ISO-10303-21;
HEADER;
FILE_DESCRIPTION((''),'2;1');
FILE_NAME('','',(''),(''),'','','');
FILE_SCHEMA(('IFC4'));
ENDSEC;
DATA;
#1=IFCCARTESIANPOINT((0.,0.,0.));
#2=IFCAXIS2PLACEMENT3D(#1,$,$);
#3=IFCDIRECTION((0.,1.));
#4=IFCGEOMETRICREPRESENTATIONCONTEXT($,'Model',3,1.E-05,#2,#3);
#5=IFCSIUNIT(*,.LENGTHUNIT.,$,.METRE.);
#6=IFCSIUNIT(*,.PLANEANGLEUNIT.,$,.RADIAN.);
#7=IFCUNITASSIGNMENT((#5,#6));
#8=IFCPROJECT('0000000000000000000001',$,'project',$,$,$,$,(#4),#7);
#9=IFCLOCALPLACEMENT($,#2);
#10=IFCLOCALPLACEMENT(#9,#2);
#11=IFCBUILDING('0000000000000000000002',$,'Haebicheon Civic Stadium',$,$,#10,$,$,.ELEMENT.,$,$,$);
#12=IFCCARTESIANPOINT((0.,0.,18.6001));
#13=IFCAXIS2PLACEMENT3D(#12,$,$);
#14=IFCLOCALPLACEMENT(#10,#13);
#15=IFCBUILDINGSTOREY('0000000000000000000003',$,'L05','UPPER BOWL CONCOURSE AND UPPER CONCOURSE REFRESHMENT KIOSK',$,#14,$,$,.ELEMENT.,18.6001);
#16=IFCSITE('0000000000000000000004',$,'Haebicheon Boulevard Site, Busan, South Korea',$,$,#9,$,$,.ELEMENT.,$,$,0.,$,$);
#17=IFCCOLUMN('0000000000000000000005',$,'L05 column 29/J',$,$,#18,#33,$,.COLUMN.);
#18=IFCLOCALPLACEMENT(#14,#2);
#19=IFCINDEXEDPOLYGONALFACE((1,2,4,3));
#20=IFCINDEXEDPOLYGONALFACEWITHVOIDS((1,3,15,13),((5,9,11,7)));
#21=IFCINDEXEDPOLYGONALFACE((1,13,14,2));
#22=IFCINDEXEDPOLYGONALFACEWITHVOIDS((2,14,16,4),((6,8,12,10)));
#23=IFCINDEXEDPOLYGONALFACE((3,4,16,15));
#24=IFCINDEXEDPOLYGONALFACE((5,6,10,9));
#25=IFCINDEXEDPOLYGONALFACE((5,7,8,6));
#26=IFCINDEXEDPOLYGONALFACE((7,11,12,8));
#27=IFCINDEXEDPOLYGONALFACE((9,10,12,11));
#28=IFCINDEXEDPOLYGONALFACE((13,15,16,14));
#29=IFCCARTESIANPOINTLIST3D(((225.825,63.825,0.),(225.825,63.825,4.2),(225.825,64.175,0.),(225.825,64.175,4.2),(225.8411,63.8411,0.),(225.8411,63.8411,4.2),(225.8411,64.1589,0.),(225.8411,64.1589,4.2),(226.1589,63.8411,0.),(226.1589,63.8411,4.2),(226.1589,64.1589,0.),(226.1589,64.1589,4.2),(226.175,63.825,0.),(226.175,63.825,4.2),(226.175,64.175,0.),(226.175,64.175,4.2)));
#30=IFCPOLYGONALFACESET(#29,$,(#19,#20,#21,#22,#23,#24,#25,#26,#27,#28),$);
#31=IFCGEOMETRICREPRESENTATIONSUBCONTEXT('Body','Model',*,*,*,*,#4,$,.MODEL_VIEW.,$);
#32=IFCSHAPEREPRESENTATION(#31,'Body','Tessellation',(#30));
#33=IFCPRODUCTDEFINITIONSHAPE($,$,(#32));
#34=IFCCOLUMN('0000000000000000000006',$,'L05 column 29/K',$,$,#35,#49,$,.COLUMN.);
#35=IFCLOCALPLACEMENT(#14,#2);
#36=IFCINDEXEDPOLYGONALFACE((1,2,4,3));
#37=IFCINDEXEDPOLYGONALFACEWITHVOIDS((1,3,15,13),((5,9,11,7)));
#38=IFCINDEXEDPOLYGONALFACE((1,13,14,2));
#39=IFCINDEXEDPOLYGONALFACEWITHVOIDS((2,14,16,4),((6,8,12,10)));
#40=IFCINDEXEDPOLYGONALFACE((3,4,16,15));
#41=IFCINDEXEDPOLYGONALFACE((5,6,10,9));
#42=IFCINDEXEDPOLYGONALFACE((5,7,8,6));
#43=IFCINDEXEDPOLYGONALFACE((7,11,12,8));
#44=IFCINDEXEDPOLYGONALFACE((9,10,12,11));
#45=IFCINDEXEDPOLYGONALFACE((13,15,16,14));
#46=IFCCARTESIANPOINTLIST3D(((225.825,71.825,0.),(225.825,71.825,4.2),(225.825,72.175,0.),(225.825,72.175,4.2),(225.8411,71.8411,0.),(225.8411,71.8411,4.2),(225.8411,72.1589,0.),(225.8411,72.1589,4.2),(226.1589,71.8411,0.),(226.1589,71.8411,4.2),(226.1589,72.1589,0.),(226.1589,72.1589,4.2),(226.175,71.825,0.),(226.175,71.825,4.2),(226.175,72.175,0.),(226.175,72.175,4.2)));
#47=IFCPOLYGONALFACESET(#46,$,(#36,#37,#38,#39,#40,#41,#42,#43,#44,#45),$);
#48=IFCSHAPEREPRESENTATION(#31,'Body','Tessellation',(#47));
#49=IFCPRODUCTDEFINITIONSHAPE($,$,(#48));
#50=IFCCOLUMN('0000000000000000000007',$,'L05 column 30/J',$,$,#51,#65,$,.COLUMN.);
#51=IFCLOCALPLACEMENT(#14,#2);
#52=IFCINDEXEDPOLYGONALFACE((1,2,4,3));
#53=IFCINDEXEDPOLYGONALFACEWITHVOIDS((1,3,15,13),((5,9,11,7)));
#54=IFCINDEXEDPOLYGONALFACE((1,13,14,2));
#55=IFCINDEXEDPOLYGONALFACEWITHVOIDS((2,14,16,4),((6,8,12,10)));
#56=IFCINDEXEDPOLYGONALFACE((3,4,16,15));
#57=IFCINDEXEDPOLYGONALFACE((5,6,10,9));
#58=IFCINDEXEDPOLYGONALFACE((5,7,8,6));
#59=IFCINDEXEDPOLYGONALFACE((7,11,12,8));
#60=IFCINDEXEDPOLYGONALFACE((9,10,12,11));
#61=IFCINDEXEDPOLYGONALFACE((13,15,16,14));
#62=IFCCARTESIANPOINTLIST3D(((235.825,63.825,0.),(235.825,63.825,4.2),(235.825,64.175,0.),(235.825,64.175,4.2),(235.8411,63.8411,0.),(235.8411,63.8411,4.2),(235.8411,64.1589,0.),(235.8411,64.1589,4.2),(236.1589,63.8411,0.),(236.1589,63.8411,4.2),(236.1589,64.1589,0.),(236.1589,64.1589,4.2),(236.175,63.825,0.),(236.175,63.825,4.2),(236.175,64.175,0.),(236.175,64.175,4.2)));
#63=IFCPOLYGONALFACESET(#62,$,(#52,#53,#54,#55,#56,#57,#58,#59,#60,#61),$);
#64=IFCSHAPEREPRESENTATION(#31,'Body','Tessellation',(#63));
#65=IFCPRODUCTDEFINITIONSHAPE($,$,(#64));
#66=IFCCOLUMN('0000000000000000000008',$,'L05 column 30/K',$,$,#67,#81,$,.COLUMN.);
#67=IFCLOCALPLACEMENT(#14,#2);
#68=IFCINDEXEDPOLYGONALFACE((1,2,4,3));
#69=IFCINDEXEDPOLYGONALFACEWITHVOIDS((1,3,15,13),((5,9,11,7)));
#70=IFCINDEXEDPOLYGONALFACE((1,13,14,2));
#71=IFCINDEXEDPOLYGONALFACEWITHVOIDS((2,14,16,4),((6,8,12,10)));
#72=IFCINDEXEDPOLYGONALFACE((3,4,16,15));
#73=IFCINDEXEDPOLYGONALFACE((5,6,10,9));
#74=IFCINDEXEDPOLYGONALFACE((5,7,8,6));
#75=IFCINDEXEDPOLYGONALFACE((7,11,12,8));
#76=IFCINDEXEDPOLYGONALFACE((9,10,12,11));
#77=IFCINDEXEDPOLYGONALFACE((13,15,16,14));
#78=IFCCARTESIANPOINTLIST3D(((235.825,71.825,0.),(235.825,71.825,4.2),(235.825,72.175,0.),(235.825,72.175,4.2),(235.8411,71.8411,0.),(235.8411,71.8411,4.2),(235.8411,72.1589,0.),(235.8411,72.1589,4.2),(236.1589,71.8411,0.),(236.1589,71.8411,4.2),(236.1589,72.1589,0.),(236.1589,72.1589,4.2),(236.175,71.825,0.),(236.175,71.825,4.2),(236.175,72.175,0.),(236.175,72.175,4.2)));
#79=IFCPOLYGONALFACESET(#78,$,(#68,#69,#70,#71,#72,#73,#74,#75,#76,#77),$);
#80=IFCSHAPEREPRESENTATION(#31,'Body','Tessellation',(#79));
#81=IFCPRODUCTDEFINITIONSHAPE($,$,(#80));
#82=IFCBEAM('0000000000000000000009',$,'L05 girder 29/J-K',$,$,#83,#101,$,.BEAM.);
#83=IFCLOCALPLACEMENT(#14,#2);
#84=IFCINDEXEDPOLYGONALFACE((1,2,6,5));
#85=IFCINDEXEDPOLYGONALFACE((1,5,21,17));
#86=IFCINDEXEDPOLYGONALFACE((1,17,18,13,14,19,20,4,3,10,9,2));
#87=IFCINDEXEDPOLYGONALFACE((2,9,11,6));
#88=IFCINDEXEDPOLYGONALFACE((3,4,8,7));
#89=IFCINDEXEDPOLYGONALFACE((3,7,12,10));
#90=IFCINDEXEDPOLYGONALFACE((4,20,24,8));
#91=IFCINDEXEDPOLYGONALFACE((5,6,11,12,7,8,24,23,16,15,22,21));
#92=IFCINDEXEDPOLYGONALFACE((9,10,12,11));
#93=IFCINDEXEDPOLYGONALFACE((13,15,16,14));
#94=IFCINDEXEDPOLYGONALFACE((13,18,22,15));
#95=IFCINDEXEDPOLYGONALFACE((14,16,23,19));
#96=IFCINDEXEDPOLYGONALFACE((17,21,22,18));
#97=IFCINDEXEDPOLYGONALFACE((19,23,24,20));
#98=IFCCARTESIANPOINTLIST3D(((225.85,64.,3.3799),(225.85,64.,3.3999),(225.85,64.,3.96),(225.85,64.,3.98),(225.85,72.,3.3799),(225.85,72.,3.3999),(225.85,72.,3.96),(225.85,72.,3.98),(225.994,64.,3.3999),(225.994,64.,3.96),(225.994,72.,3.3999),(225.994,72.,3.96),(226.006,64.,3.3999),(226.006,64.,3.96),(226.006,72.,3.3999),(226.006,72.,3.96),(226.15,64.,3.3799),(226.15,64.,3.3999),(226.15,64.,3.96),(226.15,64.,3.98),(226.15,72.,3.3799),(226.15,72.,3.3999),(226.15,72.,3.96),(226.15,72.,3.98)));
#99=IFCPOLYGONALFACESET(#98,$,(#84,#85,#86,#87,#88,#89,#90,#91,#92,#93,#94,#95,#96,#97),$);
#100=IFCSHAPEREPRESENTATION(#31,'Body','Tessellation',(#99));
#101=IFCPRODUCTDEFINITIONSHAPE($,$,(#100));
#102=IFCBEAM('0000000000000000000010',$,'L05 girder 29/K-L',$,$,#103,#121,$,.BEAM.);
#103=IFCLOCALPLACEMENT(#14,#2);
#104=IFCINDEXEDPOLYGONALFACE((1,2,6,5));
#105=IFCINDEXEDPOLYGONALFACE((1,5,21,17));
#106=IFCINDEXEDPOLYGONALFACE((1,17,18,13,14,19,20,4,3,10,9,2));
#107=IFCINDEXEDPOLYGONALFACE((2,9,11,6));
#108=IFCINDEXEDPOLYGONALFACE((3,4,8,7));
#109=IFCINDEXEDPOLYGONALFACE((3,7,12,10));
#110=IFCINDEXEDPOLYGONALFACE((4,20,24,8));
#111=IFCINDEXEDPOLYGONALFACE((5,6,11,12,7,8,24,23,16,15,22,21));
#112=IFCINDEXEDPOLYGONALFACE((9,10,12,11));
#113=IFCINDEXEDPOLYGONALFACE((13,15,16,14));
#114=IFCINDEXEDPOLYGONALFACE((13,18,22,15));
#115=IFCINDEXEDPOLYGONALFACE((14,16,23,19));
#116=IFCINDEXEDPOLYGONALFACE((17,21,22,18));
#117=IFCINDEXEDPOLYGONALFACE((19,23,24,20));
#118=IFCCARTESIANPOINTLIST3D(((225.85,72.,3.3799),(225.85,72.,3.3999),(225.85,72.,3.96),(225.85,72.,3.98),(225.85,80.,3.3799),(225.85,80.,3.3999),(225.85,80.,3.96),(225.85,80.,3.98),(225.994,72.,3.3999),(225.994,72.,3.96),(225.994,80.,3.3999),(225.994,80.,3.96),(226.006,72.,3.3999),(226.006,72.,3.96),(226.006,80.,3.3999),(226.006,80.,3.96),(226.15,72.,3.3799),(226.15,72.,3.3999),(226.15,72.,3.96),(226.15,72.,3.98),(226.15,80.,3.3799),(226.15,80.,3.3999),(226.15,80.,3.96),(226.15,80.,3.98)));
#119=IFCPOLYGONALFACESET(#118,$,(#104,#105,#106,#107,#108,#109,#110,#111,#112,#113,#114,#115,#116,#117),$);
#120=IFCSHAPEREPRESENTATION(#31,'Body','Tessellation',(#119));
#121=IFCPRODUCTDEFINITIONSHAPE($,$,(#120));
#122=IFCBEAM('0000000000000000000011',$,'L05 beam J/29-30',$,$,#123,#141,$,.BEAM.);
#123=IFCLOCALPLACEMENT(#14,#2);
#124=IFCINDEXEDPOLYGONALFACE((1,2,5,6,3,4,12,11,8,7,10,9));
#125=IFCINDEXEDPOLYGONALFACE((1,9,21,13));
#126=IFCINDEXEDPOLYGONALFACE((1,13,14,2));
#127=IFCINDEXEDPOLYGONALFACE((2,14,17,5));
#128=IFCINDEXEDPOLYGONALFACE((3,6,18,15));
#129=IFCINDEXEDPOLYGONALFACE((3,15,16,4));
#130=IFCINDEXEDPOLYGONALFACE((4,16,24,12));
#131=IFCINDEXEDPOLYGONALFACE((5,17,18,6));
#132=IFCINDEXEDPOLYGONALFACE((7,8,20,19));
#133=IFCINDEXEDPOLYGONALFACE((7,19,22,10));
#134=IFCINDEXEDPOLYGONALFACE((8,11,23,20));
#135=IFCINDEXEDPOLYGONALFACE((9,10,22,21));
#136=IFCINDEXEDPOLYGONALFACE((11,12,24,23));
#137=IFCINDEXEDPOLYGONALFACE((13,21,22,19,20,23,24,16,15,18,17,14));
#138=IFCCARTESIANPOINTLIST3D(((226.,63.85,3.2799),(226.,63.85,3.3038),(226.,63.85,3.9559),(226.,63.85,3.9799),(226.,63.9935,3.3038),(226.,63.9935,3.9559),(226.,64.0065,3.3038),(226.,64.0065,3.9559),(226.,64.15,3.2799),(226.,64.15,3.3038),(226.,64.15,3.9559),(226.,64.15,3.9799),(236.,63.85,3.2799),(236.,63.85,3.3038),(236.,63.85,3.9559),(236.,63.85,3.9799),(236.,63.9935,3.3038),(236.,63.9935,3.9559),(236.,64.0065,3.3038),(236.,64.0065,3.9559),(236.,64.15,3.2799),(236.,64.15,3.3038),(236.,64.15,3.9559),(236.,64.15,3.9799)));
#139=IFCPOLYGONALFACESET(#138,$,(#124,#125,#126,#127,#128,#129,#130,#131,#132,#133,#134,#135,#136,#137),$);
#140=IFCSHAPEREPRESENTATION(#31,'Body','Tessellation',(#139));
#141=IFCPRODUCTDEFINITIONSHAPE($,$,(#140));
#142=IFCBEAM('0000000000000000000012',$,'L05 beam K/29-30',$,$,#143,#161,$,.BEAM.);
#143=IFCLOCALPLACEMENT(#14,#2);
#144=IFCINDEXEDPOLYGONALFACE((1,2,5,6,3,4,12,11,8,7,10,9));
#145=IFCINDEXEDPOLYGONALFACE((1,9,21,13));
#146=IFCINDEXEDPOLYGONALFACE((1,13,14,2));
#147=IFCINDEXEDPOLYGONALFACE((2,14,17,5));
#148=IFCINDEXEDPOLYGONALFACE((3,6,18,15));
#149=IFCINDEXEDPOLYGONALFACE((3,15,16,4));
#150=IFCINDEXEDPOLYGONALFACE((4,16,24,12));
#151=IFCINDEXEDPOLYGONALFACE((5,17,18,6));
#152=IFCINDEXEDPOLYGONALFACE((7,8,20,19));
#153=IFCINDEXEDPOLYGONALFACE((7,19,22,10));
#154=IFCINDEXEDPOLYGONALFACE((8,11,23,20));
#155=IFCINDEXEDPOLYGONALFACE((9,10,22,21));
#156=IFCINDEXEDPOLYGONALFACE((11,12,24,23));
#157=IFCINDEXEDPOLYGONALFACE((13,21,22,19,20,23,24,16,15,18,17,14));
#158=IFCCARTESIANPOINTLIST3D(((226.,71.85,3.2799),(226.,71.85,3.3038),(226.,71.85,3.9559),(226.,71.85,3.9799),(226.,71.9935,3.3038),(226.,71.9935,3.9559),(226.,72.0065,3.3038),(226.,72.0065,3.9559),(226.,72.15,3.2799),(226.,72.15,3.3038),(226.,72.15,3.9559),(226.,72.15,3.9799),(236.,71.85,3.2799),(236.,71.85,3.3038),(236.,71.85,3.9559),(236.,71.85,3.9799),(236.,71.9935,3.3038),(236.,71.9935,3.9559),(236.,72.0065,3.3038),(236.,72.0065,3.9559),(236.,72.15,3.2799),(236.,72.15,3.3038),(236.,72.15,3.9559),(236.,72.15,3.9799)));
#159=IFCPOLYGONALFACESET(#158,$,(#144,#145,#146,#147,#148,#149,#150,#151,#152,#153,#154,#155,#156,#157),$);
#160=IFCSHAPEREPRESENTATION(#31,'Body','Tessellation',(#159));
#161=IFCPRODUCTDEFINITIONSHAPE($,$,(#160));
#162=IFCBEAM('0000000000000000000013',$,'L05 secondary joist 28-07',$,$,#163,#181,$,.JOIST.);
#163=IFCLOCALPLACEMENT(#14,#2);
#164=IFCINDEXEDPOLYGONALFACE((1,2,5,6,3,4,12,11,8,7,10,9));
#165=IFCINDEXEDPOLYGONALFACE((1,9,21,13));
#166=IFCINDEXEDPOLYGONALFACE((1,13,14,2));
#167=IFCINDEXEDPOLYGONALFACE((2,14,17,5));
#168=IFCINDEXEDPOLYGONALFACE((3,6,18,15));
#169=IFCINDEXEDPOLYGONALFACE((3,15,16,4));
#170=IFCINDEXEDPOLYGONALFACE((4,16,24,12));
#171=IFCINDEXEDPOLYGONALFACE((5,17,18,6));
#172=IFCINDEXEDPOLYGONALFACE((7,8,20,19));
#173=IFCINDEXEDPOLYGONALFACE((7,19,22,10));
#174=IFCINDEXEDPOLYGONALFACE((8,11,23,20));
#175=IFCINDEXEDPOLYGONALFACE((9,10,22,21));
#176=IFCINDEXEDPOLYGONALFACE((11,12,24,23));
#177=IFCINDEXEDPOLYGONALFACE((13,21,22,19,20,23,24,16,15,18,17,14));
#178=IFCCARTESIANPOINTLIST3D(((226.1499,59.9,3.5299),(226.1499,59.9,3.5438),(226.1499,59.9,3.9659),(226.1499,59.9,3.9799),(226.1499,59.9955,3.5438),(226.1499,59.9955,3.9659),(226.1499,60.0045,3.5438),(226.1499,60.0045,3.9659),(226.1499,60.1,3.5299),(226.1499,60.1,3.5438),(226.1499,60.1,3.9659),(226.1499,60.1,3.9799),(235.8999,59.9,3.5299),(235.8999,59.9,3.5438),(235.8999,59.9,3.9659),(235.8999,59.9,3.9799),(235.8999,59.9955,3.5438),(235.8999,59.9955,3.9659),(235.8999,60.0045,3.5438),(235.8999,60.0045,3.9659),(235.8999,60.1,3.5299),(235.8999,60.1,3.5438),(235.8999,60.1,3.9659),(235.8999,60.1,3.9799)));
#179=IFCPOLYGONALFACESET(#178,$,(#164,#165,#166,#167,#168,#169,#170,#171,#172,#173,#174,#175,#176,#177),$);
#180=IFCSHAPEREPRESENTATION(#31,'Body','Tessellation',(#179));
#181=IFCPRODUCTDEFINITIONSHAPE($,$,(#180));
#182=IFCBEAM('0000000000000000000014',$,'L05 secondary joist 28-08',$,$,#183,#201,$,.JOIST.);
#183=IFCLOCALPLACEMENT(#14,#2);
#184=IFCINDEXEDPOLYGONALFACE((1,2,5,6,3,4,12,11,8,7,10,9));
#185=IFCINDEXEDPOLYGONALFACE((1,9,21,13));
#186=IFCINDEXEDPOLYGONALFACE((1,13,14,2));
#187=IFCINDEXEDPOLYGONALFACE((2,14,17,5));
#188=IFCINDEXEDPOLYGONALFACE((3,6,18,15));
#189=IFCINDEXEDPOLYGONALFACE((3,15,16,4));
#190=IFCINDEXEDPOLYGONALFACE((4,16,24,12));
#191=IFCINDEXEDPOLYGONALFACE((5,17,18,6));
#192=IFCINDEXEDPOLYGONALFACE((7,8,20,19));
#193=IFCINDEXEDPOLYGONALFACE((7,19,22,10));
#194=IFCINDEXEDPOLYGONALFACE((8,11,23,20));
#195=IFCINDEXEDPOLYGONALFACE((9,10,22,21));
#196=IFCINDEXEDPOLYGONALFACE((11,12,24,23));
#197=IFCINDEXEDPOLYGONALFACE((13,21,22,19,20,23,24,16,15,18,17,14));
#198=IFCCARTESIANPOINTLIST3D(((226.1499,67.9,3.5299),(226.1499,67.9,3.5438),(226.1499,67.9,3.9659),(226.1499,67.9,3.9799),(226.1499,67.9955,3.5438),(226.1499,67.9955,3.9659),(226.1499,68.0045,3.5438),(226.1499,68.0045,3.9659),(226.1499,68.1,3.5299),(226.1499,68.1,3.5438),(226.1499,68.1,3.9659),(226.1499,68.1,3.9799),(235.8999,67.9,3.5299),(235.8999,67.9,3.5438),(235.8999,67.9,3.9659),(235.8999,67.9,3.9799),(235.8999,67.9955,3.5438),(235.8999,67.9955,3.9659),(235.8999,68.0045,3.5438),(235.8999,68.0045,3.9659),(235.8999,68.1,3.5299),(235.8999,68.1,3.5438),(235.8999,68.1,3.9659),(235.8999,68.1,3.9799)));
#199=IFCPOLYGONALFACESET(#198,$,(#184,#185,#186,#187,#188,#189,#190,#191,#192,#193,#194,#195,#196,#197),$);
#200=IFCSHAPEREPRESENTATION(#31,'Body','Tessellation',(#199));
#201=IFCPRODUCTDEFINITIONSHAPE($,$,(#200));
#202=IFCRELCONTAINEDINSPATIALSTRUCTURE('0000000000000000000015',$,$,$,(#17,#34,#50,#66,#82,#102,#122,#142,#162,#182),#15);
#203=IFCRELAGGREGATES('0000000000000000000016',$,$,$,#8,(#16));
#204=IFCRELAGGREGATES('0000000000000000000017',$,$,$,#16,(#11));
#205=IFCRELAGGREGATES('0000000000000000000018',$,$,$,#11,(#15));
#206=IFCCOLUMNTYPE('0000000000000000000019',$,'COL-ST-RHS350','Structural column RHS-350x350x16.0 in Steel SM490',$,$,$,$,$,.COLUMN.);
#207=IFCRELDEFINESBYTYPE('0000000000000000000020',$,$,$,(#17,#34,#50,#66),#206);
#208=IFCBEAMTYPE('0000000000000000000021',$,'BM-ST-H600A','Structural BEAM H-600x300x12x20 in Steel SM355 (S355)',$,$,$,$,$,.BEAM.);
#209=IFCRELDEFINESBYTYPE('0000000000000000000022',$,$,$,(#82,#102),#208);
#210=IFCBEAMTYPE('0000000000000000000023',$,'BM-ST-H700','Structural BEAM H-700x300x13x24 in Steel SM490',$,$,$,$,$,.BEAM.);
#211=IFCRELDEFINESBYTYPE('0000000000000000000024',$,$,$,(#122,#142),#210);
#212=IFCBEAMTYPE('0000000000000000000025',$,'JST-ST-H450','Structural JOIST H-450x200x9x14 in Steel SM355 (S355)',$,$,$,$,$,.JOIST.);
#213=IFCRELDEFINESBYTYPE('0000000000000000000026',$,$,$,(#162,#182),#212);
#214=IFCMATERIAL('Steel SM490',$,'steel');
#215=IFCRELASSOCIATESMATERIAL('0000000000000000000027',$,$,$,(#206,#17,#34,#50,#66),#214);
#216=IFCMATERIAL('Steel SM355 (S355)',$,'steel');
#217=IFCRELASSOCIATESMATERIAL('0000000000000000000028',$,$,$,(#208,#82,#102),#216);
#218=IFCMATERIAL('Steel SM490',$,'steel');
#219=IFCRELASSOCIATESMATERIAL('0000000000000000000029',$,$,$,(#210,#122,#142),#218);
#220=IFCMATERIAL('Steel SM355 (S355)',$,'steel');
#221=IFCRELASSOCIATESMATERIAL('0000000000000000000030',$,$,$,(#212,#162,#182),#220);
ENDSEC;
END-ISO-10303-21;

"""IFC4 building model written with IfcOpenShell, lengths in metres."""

from ifc_helpers import new_model, si_unit, direction, frame, origin, origin_2d, place, context, subcontext, project, spatial, hollow_rectangle, i_section, extrude, material, material_profile, profile_set, type_object, element, save


model = new_model("IFC4")

# Units and contexts
model_context = context("Model", 3, precision=1e-05, world=origin(), true_north=direction((0.0, 1.0)))
body_context = subcontext(model_context, "Body", "Model", "MODEL_VIEW")
ifc_project = project(units=[si_unit("LENGTHUNIT", "METRE"), si_unit("PLANEANGLEUNIT", "RADIAN")], contexts=[model_context])

# Site, building, storey
site_placement = place(None, origin())
site = spatial("IfcSite", under=ifc_project, at=site_placement, Name="Haebicheon Boulevard Site, Busan, South Korea", CompositionType="ELEMENT", RefElevation=0.0)
building_placement = place(site_placement, origin())
building = spatial("IfcBuilding", under=site, at=building_placement, Name="Haebicheon Civic Stadium", CompositionType="ELEMENT")
storey_placement = place(building_placement, frame((0.0, 0.0, 18.6001)))
storey = spatial("IfcBuildingStorey", under=building, at=storey_placement, Name="L05", Description="UPPER BOWL CONCOURSE AND UPPER CONCOURSE REFRESHMENT KIOSK", CompositionType="ELEMENT", Elevation=18.6001)

# Columns
ifc_material_1 = material(Name="Steel SM490", Category="steel")
ifc_material_profile_1 = material_profile(ifc_material_1, hollow_rectangle(XDim=0.3501, YDim=0.3501, WallThickness=0.0161, at=origin_2d()), Name="RHS-350x350x16.0")
ifc_profile_set_1 = profile_set([ifc_material_profile_1], Name="Steel SM490")
column_type = type_object("IfcColumnType", Name="COL-ST-RHS350", Description="Structural column RHS-350x350x16.0 in Steel SM490", PredefinedType="COLUMN", material=ifc_profile_set_1)
for number, where, z_axis, x_axis, name in (
    (1, (226.0, 64.0, 0.0), (0.0, 0.0, 1.0), (1.0, 0.0, 0.0), "L05 column 29/J"),
    (2, (226.0, 72.0, 0.0), (0.0, 0.0, 1.0), (1.0, 0.0, 0.0), "L05 column 29/K"),
    (3, (236.0, 64.0, 0.0), (0.0, 0.0, 1.0), (1.0, 0.0, 0.0), "L05 column 30/J"),
    (4, (236.0, 72.0, 0.0), (0.0, 0.0, 1.0), (1.0, 0.0, 0.0), "L05 column 30/K"),
):
    element("IfcColumn", number, at=place(storey_placement, frame(where, z_axis=z_axis, x_axis=x_axis)), inside=storey, type_object=column_type, material=ifc_profile_set_1, Name=name, PredefinedType="COLUMN", context=body_context, shape_type="SweptSolid", body=[
        extrude(hollow_rectangle(XDim=0.3501, YDim=0.3501, WallThickness=0.0161, at=origin_2d()), origin(), (0.0, 0.0, 1.0), 4.2),
    ])

# Beams
ifc_material_2 = material(Name="Steel SM355 (S355)", Category="steel")
ifc_material_profile_2 = material_profile(ifc_material_2, i_section(OverallWidth=0.3, OverallDepth=0.6001, WebThickness=0.012, FlangeThickness=0.02, at=origin_2d()), Name="H-600x300x12x20")
ifc_profile_set_2 = profile_set([ifc_material_profile_2], Name="Steel SM355 (S355)")
beam_type_1 = type_object("IfcBeamType", Name="BM-ST-H600A", Description="Structural BEAM H-600x300x12x20 in Steel SM355 (S355)", PredefinedType="BEAM", material=ifc_profile_set_2)
for number, where, z_axis, x_axis, name in (
    (5, (226.0, 64.0, 3.6799), (0.0, 1.0, 0.0), (-1.0, 0.0, 0.0), "L05 girder 29/J-K"),
    (6, (226.0, 72.0, 3.6799), (0.0, 1.0, 0.0), (-1.0, 0.0, 0.0), "L05 girder 29/K-L"),
):
    element("IfcBeam", number, at=place(storey_placement, frame(where, z_axis=z_axis, x_axis=x_axis)), inside=storey, type_object=beam_type_1, material=ifc_profile_set_2, Name=name, PredefinedType="BEAM", context=body_context, shape_type="SweptSolid", body=[
        extrude(i_section(OverallWidth=0.3, OverallDepth=0.6001, WebThickness=0.012, FlangeThickness=0.02, at=origin_2d()), origin(), (0.0, 0.0, 1.0), 8.0),
    ])
ifc_material_3 = material(Name="Steel SM490", Category="steel")
ifc_material_profile_3 = material_profile(ifc_material_3, i_section(OverallWidth=0.3, OverallDepth=0.7, WebThickness=0.0129, FlangeThickness=0.0239, at=origin_2d()), Name="H-700x300x13x24")
ifc_profile_set_3 = profile_set([ifc_material_profile_3], Name="Steel SM490")
beam_type_2 = type_object("IfcBeamType", Name="BM-ST-H700", Description="Structural BEAM H-700x300x13x24 in Steel SM490", PredefinedType="BEAM", material=ifc_profile_set_3)
for number, where, z_axis, x_axis, name in (
    (7, (226.0, 64.0, 3.6299), (1.0, 0.0, 0.0), (0.0, 1.0, 0.0), "L05 beam J/29-30"),
    (8, (226.0, 72.0, 3.6299), (1.0, 0.0, 0.0), (0.0, 1.0, 0.0), "L05 beam K/29-30"),
):
    element("IfcBeam", number, at=place(storey_placement, frame(where, z_axis=z_axis, x_axis=x_axis)), inside=storey, type_object=beam_type_2, material=ifc_profile_set_3, Name=name, PredefinedType="BEAM", context=body_context, shape_type="SweptSolid", body=[
        extrude(i_section(OverallWidth=0.3, OverallDepth=0.7, WebThickness=0.0129, FlangeThickness=0.0239, at=origin_2d()), origin(), (0.0, 0.0, 1.0), 10.0),
    ])
ifc_material_4 = material(Name="Steel SM355 (S355)", Category="steel")
ifc_material_profile_4 = material_profile(ifc_material_4, i_section(OverallWidth=0.2, OverallDepth=0.45, WebThickness=0.009, FlangeThickness=0.0139, at=origin_2d()), Name="H-450x200x9x14")
ifc_profile_set_4 = profile_set([ifc_material_profile_4], Name="Steel SM355 (S355)")
beam_type_3 = type_object("IfcBeamType", Name="JST-ST-H450", Description="Structural JOIST H-450x200x9x14 in Steel SM355 (S355)", PredefinedType="JOIST", material=ifc_profile_set_4)
for number, where, z_axis, x_axis, name in (
    (9, (226.1499, 60.0, 3.7549), (1.0, 0.0, 0.0), (0.0, 1.0, 0.0), "L05 secondary joist 28-07"),
    (10, (226.1499, 68.0, 3.7549), (1.0, 0.0, 0.0), (0.0, 1.0, 0.0), "L05 secondary joist 28-08"),
):
    element("IfcBeam", number, at=place(storey_placement, frame(where, z_axis=z_axis, x_axis=x_axis)), inside=storey, type_object=beam_type_3, material=ifc_profile_set_4, Name=name, PredefinedType="JOIST", context=body_context, shape_type="SweptSolid", body=[
        extrude(i_section(OverallWidth=0.2, OverallDepth=0.45, WebThickness=0.009, FlangeThickness=0.0139, at=origin_2d()), origin(), (0.0, 0.0, 1.0), 9.75),
    ])

save(model, "model.ifc")
